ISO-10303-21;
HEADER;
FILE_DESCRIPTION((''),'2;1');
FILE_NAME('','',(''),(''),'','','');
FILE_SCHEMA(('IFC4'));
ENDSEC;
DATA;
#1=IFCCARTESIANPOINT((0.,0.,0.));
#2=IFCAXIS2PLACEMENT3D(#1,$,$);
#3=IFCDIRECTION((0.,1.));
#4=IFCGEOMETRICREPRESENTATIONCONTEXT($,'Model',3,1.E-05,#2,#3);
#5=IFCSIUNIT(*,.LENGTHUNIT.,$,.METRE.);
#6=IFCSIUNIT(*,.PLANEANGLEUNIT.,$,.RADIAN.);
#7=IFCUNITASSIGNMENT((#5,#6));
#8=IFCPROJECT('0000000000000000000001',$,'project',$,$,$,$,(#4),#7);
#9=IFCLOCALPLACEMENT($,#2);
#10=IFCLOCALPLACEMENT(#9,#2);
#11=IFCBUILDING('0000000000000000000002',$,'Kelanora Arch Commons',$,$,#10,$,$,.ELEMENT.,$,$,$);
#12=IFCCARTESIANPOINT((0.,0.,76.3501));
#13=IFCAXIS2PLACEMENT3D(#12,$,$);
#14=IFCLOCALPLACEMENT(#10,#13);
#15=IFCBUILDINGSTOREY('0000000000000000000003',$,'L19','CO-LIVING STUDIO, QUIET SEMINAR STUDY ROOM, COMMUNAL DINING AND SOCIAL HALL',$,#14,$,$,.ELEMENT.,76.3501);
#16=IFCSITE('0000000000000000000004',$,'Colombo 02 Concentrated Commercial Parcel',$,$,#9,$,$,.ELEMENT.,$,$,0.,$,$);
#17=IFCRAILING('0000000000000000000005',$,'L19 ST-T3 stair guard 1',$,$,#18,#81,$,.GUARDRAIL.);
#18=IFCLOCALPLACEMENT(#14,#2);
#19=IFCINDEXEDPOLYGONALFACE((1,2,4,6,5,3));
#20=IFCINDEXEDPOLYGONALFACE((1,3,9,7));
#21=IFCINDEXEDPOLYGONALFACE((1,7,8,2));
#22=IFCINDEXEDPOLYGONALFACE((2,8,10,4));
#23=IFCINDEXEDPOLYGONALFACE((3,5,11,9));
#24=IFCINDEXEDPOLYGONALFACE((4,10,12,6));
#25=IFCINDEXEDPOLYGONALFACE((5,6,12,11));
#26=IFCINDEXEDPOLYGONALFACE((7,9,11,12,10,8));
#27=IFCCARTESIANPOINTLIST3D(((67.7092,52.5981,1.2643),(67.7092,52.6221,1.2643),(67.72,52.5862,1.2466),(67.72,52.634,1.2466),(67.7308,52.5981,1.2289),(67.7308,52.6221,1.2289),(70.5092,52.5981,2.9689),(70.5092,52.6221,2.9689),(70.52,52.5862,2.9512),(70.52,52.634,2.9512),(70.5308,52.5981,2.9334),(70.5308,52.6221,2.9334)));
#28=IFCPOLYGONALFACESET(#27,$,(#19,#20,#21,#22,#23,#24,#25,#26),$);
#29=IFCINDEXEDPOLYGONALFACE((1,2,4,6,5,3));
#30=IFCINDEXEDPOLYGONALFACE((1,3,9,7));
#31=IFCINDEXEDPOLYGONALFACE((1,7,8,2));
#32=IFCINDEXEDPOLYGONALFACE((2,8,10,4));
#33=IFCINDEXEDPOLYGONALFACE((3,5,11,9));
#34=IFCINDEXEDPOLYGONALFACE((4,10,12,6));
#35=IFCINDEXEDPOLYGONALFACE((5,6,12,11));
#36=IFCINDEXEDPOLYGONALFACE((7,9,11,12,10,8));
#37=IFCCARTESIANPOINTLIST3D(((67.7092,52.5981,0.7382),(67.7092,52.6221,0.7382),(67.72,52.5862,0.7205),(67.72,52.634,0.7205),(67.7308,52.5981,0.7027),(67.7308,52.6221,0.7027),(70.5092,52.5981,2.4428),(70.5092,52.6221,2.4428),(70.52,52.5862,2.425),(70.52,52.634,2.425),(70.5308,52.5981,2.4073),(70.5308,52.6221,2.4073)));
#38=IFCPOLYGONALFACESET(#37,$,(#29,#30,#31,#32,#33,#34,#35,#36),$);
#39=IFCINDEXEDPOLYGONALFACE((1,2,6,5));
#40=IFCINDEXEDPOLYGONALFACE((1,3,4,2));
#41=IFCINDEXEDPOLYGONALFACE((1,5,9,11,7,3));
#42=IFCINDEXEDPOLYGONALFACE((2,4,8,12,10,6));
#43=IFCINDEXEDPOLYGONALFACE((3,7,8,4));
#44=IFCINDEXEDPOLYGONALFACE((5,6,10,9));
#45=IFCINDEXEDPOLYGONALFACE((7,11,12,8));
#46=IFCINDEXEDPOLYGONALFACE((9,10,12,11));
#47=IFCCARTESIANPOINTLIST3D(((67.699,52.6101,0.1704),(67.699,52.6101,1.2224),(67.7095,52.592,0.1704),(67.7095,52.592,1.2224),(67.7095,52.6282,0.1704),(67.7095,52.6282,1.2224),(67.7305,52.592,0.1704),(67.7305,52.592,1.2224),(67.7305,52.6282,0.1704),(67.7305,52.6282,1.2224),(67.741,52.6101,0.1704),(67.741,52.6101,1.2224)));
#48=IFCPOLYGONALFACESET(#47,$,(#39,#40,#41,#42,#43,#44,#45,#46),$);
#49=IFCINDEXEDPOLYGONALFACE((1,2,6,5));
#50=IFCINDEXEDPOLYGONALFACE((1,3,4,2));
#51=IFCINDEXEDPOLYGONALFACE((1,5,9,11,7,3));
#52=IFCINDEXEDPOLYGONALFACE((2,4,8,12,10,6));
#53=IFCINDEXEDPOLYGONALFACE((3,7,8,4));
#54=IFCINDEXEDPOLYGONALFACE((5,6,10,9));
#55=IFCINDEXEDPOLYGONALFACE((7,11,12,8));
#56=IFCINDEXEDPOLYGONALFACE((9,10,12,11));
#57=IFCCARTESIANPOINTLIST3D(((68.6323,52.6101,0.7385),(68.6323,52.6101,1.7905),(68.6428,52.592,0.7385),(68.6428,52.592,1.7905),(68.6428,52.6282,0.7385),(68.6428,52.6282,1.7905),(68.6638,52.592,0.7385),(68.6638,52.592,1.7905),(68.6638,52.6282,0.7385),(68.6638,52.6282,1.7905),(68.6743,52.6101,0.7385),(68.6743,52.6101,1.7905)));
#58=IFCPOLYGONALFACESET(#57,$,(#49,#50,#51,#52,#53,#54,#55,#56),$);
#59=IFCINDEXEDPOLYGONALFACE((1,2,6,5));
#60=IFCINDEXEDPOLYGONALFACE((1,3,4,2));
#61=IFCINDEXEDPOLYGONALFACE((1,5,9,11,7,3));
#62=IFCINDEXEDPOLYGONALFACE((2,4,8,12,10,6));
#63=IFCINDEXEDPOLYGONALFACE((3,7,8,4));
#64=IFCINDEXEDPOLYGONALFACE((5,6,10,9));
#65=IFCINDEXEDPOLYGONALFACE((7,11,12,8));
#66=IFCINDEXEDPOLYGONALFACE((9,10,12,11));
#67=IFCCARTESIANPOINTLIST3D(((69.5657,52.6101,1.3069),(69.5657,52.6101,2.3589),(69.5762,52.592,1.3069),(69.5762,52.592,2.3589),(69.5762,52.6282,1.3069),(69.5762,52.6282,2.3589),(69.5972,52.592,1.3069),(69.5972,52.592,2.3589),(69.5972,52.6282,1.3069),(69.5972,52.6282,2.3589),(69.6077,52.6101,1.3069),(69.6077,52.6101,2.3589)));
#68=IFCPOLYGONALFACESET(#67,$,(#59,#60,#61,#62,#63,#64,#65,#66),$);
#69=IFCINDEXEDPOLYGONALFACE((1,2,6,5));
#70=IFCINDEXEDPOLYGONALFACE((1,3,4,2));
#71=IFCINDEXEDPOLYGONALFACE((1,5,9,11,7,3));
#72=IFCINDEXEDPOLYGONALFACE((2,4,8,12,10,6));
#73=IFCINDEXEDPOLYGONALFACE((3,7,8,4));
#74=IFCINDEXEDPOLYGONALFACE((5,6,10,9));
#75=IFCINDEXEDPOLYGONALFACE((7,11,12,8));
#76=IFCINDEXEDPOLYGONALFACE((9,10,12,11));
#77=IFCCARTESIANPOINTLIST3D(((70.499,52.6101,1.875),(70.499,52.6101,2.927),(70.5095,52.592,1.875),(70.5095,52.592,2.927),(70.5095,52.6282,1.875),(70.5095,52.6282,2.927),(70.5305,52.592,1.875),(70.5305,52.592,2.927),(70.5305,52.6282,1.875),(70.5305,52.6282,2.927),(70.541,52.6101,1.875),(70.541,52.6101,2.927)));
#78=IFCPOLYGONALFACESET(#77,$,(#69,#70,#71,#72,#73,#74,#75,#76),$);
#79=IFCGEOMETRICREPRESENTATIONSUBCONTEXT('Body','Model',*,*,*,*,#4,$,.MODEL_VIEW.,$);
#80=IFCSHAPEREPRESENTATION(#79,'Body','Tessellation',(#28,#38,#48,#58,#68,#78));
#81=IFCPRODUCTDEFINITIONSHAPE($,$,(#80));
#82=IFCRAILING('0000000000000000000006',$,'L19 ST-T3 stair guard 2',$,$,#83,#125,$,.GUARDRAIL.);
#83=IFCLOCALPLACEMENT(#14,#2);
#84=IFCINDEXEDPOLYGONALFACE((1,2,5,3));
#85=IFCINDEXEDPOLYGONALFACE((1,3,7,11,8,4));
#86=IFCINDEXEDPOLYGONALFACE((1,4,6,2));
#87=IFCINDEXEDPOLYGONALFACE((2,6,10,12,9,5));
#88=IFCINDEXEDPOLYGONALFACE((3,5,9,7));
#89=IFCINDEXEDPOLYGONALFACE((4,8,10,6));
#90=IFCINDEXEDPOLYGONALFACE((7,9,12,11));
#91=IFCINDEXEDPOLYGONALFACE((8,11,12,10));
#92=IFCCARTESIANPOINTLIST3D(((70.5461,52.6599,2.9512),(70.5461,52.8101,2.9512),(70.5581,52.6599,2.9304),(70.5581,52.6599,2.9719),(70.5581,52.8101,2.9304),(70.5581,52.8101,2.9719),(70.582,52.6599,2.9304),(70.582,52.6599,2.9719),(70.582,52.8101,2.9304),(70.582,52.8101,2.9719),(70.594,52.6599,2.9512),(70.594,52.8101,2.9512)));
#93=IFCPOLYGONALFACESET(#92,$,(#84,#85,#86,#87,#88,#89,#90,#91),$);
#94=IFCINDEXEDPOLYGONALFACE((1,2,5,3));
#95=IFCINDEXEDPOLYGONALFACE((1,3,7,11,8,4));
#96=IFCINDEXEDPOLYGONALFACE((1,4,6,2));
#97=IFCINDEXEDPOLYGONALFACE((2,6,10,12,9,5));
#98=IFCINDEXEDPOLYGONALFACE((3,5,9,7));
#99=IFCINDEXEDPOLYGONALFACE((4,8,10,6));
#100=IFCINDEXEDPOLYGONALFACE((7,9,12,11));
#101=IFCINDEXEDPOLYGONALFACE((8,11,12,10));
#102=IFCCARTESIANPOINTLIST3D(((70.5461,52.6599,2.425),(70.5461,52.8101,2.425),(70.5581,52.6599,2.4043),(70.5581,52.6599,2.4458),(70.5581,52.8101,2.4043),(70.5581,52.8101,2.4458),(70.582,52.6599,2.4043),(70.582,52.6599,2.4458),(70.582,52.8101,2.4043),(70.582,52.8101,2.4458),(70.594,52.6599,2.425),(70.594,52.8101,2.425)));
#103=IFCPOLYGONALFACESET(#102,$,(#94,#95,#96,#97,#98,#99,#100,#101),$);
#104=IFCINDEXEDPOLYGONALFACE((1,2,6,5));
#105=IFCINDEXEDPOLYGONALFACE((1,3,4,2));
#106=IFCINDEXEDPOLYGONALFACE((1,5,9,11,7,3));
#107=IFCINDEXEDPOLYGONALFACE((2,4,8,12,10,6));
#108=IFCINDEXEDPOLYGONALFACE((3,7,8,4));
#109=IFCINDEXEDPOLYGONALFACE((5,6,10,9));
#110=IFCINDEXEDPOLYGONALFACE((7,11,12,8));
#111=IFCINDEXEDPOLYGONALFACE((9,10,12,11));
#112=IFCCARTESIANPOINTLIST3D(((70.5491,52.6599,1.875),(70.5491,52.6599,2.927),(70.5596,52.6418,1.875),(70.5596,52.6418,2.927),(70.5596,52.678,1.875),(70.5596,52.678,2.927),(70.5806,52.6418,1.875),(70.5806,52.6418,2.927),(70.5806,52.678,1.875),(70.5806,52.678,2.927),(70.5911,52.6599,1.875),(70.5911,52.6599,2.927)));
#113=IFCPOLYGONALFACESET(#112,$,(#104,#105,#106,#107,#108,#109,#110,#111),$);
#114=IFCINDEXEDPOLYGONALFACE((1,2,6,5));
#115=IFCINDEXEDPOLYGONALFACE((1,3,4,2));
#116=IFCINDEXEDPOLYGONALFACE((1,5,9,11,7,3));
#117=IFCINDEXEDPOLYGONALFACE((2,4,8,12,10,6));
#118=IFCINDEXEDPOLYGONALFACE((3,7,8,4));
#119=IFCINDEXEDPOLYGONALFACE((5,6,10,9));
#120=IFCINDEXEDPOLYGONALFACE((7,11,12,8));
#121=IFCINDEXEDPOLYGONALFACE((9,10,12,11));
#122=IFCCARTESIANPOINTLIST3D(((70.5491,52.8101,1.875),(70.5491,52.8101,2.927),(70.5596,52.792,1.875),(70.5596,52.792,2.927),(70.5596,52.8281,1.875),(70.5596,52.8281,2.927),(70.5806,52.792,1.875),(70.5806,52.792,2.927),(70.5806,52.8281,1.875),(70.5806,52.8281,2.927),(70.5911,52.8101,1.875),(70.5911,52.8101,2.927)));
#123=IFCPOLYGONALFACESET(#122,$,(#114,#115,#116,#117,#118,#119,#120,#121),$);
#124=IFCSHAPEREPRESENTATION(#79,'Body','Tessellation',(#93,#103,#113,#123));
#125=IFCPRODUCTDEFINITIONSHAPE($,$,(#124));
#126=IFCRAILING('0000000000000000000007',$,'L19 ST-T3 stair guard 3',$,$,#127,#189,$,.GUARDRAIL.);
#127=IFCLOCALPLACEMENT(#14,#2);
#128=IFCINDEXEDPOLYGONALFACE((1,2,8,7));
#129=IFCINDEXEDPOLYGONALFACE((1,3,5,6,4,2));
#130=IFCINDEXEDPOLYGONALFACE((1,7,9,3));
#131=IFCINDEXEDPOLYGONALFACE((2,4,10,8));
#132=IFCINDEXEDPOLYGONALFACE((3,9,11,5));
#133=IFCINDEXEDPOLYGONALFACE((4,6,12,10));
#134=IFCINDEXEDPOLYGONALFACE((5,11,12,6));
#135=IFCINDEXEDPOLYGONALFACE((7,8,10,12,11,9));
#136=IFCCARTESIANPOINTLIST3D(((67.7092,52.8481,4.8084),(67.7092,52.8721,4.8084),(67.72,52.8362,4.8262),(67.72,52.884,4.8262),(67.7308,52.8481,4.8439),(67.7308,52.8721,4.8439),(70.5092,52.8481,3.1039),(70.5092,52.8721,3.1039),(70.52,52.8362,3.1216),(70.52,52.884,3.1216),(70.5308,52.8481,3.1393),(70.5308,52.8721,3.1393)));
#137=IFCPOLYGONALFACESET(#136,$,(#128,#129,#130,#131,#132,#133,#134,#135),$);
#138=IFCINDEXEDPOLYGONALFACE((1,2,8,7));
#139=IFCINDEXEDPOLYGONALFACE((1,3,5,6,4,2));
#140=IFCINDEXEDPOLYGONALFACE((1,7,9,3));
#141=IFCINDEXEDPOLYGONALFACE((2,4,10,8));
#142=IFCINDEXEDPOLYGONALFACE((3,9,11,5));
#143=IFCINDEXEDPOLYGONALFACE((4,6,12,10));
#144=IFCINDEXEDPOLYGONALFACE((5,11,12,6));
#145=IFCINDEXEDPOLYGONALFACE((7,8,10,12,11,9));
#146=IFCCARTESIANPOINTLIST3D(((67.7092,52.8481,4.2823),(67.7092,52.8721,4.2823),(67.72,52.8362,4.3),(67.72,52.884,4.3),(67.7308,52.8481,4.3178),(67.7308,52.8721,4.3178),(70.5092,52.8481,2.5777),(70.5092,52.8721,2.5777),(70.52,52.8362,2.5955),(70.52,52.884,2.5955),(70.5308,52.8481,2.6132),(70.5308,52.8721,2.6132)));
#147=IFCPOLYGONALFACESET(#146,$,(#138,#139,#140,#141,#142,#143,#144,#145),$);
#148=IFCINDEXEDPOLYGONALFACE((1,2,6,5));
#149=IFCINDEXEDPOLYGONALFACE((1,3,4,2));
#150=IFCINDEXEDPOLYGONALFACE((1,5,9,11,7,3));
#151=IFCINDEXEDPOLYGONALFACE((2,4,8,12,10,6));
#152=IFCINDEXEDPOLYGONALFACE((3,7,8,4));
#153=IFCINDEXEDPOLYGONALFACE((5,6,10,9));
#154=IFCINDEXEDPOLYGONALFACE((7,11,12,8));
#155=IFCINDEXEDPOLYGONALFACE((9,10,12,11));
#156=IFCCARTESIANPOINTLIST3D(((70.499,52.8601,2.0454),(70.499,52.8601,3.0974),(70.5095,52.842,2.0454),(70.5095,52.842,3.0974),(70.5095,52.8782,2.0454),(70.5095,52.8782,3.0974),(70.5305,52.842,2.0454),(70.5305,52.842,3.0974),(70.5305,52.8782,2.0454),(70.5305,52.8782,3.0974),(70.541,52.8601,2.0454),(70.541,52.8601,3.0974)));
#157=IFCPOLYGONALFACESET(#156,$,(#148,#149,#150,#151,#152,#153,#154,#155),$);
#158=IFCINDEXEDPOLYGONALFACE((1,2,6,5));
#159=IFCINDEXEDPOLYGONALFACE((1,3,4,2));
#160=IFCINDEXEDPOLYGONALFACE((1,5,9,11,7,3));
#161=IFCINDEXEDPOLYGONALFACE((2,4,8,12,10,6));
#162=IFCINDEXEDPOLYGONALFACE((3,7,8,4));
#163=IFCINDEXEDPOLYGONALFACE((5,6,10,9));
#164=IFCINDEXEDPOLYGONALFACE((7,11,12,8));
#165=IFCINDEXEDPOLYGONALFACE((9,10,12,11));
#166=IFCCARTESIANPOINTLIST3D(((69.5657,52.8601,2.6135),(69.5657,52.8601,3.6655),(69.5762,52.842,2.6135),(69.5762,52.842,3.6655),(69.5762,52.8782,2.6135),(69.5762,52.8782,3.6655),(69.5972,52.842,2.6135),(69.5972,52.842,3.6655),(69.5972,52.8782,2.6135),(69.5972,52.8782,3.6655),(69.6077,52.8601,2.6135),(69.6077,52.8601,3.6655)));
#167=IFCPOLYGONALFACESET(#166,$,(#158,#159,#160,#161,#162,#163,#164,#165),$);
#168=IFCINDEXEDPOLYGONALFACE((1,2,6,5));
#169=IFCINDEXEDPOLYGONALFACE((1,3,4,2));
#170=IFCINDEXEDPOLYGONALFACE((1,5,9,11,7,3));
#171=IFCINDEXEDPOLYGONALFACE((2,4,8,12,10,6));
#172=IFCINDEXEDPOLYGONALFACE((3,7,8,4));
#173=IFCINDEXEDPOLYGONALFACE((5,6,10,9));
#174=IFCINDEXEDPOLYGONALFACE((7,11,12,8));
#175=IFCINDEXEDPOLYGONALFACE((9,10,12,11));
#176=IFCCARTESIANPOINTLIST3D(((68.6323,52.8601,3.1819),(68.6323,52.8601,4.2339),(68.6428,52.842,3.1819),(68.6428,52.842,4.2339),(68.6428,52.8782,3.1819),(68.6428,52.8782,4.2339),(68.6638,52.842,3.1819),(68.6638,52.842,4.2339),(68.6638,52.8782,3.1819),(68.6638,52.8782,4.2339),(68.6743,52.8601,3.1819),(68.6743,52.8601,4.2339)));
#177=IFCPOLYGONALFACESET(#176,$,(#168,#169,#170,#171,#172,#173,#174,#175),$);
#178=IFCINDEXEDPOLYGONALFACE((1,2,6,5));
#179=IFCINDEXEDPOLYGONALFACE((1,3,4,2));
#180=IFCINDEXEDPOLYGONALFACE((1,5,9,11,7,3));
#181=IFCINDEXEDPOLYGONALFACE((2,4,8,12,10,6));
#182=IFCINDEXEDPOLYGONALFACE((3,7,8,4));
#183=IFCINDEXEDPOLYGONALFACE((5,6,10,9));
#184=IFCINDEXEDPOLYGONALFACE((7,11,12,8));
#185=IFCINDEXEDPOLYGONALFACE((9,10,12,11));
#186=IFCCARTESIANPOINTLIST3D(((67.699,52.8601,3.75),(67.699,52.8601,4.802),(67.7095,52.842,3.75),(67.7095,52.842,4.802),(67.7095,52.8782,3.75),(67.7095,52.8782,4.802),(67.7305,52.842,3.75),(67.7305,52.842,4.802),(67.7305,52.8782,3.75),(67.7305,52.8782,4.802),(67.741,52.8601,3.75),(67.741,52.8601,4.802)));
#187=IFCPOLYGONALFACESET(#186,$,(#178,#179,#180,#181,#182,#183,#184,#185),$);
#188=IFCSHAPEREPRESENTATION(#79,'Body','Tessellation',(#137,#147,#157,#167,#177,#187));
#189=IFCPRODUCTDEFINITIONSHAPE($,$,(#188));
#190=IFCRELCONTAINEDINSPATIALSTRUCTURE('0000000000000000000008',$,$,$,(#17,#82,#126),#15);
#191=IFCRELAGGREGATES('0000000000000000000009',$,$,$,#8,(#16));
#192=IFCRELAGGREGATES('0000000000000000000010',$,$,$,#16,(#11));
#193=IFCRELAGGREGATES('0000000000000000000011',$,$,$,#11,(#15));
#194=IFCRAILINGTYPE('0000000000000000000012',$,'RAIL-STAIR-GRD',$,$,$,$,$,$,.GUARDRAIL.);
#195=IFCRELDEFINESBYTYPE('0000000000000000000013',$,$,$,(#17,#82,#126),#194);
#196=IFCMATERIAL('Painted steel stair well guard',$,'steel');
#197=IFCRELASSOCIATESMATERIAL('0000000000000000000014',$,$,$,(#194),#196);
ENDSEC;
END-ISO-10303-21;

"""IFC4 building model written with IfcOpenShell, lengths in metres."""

from ifc_helpers import new_model, si_unit, direction, frame, origin, place, context, subcontext, project, spatial, polyline, outline, extrude, material, type_object, element, save


model = new_model("IFC4")

# Units and contexts
model_context = context("Model", 3, precision=1e-05, world=origin(), true_north=direction((0.0, 1.0)))
body_context = subcontext(model_context, "Body", "Model", "MODEL_VIEW")
ifc_project = project(units=[si_unit("LENGTHUNIT", "METRE"), si_unit("PLANEANGLEUNIT", "RADIAN")], contexts=[model_context])

# Site, building, storey
site_placement = place(None, origin())
site = spatial("IfcSite", under=ifc_project, at=site_placement, Name="Colombo 02 Concentrated Commercial Parcel", CompositionType="ELEMENT", RefElevation=0.0)
building_placement = place(site_placement, origin())
building = spatial("IfcBuilding", under=site, at=building_placement, Name="Kelanora Arch Commons", CompositionType="ELEMENT")
storey_placement = place(building_placement, frame((0.0, 0.0, 76.3501)))
storey = spatial("IfcBuildingStorey", under=building, at=storey_placement, Name="L19", Description="CO-LIVING STUDIO, QUIET SEMINAR STUDY ROOM, COMMUNAL DINING AND SOCIAL HALL", CompositionType="ELEMENT", Elevation=76.3501)

# Railings
ifc_material_1 = material(Name="Painted steel stair well guard", Category="steel")
railing_type_1 = type_object("IfcRailingType", Name="RAIL-STAIR-GRD", PredefinedType="GUARDRAIL", material=ifc_material_1)
railing_1_placement = place(storey_placement, frame((67.72, 52.6101, 0.1704)))
element("IfcRailing", 1, at=railing_1_placement, inside=storey, type_object=railing_type_1, Name="L19 ST-T3 stair guard 1", PredefinedType="GUARDRAIL", context=body_context, shape_type="SweptSolid", body=[
    extrude(outline(polyline([(0.0239, 0.0), (0.012, 0.0208), (-0.012, 0.0208), (-0.0239, 0.0), (-0.012, -0.0208), (0.012, -0.0208), (0.0239, 0.0)])), frame((0.0, 0.0, 1.0762), z_axis=(0.85417, 0.0, 0.519994), x_axis=(0.0, 1.0, 0.0)), (0.0, 0.0, 1.0), 3.2781),
    extrude(outline(polyline([(0.0239, 0.0), (0.012, 0.0208), (-0.012, 0.0208), (-0.0239, 0.0), (-0.012, -0.0208), (0.012, -0.0208), (0.0239, 0.0)])), frame((0.0, 0.0, 0.55), z_axis=(0.85417, 0.0, 0.519994), x_axis=(0.0, 1.0, 0.0)), (0.0, 0.0, 1.0), 3.2781),
    extrude(outline(polyline([(0.021, 0.0), (0.0105, 0.0181), (-0.0105, 0.0181), (-0.021, 0.0), (-0.0105, -0.0181), (0.0105, -0.0181), (0.021, 0.0)])), origin(), (0.0, 0.0, 1.0), 1.052),
    extrude(outline(polyline([(0.021, 0.0), (0.0105, 0.0181), (-0.0105, 0.0181), (-0.021, 0.0), (-0.0105, -0.0181), (0.0105, -0.0181), (0.021, 0.0)])), frame((0.9333, 0.0, 0.5681)), (0.0, 0.0, 1.0), 1.052),
    extrude(outline(polyline([(0.021, 0.0), (0.0105, 0.0181), (-0.0105, 0.0181), (-0.021, 0.0), (-0.0105, -0.0181), (0.0105, -0.0181), (0.021, 0.0)])), frame((1.8667, 0.0, 1.1365)), (0.0, 0.0, 1.0), 1.052),
    extrude(outline(polyline([(0.021, 0.0), (0.0105, 0.0181), (-0.0105, 0.0181), (-0.021, 0.0), (-0.0105, -0.0181), (0.0105, -0.0181), (0.021, 0.0)])), frame((2.8, 0.0, 1.7046)), (0.0, 0.0, 1.0), 1.052),
])
railing_2_placement = place(storey_placement, frame((70.5701, 52.6599, 1.875)))
element("IfcRailing", 2, at=railing_2_placement, inside=storey, type_object=railing_type_1, Name="L19 ST-T3 stair guard 2", PredefinedType="GUARDRAIL", context=body_context, shape_type="SweptSolid", body=[
    extrude(outline(polyline([(0.0239, 0.0), (0.012, 0.0208), (-0.012, 0.0208), (-0.0239, 0.0), (-0.012, -0.0208), (0.012, -0.0208), (0.0239, 0.0)])), frame((0.0, 0.0, 1.0762), z_axis=(0.0, 1.0, 0.0), x_axis=(-1.0, 0.0, 0.0)), (0.0, 0.0, 1.0), 0.1501),
    extrude(outline(polyline([(0.0239, 0.0), (0.012, 0.0208), (-0.012, 0.0208), (-0.0239, 0.0), (-0.012, -0.0208), (0.012, -0.0208), (0.0239, 0.0)])), frame((0.0, 0.0, 0.55), z_axis=(0.0, 1.0, 0.0), x_axis=(-1.0, 0.0, 0.0)), (0.0, 0.0, 1.0), 0.1501),
    extrude(outline(polyline([(0.021, 0.0), (0.0105, 0.0181), (-0.0105, 0.0181), (-0.021, 0.0), (-0.0105, -0.0181), (0.0105, -0.0181), (0.021, 0.0)])), origin(), (0.0, 0.0, 1.0), 1.052),
    extrude(outline(polyline([(0.021, 0.0), (0.0105, 0.0181), (-0.0105, 0.0181), (-0.021, 0.0), (-0.0105, -0.0181), (0.0105, -0.0181), (0.021, 0.0)])), frame((0.0, 0.1501, 0.0)), (0.0, 0.0, 1.0), 1.052),
])
railing_3_placement = place(storey_placement, frame((70.52, 52.8601, 2.0454)))
element("IfcRailing", 3, at=railing_3_placement, inside=storey, type_object=railing_type_1, Name="L19 ST-T3 stair guard 3", PredefinedType="GUARDRAIL", context=body_context, shape_type="SweptSolid", body=[
    extrude(outline(polyline([(0.0239, 0.0), (0.012, 0.0208), (-0.012, 0.0208), (-0.0239, 0.0), (-0.012, -0.0208), (0.012, -0.0208), (0.0239, 0.0)])), frame((0.0, 0.0, 1.0762), z_axis=(-0.85417, 0.0, 0.519994), x_axis=(0.0, -1.0, 0.0)), (0.0, 0.0, 1.0), 3.2781),
    extrude(outline(polyline([(0.0239, 0.0), (0.012, 0.0208), (-0.012, 0.0208), (-0.0239, 0.0), (-0.012, -0.0208), (0.012, -0.0208), (0.0239, 0.0)])), frame((0.0, 0.0, 0.55), z_axis=(-0.85417, 0.0, 0.519994), x_axis=(0.0, -1.0, 0.0)), (0.0, 0.0, 1.0), 3.2781),
    extrude(outline(polyline([(0.021, 0.0), (0.0105, 0.0181), (-0.0105, 0.0181), (-0.021, 0.0), (-0.0105, -0.0181), (0.0105, -0.0181), (0.021, 0.0)])), origin(), (0.0, 0.0, 1.0), 1.052),
    extrude(outline(polyline([(0.021, 0.0), (0.0105, 0.0181), (-0.0105, 0.0181), (-0.021, 0.0), (-0.0105, -0.0181), (0.0105, -0.0181), (0.021, 0.0)])), frame((-0.9333, 0.0, 0.5681)), (0.0, 0.0, 1.0), 1.052),
    extrude(outline(polyline([(0.021, 0.0), (0.0105, 0.0181), (-0.0105, 0.0181), (-0.021, 0.0), (-0.0105, -0.0181), (0.0105, -0.0181), (0.021, 0.0)])), frame((-1.8667, 0.0, 1.1365)), (0.0, 0.0, 1.0), 1.052),
    extrude(outline(polyline([(0.021, 0.0), (0.0105, 0.0181), (-0.0105, 0.0181), (-0.021, 0.0), (-0.0105, -0.0181), (0.0105, -0.0181), (0.021, 0.0)])), frame((-2.8, 0.0, 1.7046)), (0.0, 0.0, 1.0), 1.052),
])

save(model, "model.ifc")
